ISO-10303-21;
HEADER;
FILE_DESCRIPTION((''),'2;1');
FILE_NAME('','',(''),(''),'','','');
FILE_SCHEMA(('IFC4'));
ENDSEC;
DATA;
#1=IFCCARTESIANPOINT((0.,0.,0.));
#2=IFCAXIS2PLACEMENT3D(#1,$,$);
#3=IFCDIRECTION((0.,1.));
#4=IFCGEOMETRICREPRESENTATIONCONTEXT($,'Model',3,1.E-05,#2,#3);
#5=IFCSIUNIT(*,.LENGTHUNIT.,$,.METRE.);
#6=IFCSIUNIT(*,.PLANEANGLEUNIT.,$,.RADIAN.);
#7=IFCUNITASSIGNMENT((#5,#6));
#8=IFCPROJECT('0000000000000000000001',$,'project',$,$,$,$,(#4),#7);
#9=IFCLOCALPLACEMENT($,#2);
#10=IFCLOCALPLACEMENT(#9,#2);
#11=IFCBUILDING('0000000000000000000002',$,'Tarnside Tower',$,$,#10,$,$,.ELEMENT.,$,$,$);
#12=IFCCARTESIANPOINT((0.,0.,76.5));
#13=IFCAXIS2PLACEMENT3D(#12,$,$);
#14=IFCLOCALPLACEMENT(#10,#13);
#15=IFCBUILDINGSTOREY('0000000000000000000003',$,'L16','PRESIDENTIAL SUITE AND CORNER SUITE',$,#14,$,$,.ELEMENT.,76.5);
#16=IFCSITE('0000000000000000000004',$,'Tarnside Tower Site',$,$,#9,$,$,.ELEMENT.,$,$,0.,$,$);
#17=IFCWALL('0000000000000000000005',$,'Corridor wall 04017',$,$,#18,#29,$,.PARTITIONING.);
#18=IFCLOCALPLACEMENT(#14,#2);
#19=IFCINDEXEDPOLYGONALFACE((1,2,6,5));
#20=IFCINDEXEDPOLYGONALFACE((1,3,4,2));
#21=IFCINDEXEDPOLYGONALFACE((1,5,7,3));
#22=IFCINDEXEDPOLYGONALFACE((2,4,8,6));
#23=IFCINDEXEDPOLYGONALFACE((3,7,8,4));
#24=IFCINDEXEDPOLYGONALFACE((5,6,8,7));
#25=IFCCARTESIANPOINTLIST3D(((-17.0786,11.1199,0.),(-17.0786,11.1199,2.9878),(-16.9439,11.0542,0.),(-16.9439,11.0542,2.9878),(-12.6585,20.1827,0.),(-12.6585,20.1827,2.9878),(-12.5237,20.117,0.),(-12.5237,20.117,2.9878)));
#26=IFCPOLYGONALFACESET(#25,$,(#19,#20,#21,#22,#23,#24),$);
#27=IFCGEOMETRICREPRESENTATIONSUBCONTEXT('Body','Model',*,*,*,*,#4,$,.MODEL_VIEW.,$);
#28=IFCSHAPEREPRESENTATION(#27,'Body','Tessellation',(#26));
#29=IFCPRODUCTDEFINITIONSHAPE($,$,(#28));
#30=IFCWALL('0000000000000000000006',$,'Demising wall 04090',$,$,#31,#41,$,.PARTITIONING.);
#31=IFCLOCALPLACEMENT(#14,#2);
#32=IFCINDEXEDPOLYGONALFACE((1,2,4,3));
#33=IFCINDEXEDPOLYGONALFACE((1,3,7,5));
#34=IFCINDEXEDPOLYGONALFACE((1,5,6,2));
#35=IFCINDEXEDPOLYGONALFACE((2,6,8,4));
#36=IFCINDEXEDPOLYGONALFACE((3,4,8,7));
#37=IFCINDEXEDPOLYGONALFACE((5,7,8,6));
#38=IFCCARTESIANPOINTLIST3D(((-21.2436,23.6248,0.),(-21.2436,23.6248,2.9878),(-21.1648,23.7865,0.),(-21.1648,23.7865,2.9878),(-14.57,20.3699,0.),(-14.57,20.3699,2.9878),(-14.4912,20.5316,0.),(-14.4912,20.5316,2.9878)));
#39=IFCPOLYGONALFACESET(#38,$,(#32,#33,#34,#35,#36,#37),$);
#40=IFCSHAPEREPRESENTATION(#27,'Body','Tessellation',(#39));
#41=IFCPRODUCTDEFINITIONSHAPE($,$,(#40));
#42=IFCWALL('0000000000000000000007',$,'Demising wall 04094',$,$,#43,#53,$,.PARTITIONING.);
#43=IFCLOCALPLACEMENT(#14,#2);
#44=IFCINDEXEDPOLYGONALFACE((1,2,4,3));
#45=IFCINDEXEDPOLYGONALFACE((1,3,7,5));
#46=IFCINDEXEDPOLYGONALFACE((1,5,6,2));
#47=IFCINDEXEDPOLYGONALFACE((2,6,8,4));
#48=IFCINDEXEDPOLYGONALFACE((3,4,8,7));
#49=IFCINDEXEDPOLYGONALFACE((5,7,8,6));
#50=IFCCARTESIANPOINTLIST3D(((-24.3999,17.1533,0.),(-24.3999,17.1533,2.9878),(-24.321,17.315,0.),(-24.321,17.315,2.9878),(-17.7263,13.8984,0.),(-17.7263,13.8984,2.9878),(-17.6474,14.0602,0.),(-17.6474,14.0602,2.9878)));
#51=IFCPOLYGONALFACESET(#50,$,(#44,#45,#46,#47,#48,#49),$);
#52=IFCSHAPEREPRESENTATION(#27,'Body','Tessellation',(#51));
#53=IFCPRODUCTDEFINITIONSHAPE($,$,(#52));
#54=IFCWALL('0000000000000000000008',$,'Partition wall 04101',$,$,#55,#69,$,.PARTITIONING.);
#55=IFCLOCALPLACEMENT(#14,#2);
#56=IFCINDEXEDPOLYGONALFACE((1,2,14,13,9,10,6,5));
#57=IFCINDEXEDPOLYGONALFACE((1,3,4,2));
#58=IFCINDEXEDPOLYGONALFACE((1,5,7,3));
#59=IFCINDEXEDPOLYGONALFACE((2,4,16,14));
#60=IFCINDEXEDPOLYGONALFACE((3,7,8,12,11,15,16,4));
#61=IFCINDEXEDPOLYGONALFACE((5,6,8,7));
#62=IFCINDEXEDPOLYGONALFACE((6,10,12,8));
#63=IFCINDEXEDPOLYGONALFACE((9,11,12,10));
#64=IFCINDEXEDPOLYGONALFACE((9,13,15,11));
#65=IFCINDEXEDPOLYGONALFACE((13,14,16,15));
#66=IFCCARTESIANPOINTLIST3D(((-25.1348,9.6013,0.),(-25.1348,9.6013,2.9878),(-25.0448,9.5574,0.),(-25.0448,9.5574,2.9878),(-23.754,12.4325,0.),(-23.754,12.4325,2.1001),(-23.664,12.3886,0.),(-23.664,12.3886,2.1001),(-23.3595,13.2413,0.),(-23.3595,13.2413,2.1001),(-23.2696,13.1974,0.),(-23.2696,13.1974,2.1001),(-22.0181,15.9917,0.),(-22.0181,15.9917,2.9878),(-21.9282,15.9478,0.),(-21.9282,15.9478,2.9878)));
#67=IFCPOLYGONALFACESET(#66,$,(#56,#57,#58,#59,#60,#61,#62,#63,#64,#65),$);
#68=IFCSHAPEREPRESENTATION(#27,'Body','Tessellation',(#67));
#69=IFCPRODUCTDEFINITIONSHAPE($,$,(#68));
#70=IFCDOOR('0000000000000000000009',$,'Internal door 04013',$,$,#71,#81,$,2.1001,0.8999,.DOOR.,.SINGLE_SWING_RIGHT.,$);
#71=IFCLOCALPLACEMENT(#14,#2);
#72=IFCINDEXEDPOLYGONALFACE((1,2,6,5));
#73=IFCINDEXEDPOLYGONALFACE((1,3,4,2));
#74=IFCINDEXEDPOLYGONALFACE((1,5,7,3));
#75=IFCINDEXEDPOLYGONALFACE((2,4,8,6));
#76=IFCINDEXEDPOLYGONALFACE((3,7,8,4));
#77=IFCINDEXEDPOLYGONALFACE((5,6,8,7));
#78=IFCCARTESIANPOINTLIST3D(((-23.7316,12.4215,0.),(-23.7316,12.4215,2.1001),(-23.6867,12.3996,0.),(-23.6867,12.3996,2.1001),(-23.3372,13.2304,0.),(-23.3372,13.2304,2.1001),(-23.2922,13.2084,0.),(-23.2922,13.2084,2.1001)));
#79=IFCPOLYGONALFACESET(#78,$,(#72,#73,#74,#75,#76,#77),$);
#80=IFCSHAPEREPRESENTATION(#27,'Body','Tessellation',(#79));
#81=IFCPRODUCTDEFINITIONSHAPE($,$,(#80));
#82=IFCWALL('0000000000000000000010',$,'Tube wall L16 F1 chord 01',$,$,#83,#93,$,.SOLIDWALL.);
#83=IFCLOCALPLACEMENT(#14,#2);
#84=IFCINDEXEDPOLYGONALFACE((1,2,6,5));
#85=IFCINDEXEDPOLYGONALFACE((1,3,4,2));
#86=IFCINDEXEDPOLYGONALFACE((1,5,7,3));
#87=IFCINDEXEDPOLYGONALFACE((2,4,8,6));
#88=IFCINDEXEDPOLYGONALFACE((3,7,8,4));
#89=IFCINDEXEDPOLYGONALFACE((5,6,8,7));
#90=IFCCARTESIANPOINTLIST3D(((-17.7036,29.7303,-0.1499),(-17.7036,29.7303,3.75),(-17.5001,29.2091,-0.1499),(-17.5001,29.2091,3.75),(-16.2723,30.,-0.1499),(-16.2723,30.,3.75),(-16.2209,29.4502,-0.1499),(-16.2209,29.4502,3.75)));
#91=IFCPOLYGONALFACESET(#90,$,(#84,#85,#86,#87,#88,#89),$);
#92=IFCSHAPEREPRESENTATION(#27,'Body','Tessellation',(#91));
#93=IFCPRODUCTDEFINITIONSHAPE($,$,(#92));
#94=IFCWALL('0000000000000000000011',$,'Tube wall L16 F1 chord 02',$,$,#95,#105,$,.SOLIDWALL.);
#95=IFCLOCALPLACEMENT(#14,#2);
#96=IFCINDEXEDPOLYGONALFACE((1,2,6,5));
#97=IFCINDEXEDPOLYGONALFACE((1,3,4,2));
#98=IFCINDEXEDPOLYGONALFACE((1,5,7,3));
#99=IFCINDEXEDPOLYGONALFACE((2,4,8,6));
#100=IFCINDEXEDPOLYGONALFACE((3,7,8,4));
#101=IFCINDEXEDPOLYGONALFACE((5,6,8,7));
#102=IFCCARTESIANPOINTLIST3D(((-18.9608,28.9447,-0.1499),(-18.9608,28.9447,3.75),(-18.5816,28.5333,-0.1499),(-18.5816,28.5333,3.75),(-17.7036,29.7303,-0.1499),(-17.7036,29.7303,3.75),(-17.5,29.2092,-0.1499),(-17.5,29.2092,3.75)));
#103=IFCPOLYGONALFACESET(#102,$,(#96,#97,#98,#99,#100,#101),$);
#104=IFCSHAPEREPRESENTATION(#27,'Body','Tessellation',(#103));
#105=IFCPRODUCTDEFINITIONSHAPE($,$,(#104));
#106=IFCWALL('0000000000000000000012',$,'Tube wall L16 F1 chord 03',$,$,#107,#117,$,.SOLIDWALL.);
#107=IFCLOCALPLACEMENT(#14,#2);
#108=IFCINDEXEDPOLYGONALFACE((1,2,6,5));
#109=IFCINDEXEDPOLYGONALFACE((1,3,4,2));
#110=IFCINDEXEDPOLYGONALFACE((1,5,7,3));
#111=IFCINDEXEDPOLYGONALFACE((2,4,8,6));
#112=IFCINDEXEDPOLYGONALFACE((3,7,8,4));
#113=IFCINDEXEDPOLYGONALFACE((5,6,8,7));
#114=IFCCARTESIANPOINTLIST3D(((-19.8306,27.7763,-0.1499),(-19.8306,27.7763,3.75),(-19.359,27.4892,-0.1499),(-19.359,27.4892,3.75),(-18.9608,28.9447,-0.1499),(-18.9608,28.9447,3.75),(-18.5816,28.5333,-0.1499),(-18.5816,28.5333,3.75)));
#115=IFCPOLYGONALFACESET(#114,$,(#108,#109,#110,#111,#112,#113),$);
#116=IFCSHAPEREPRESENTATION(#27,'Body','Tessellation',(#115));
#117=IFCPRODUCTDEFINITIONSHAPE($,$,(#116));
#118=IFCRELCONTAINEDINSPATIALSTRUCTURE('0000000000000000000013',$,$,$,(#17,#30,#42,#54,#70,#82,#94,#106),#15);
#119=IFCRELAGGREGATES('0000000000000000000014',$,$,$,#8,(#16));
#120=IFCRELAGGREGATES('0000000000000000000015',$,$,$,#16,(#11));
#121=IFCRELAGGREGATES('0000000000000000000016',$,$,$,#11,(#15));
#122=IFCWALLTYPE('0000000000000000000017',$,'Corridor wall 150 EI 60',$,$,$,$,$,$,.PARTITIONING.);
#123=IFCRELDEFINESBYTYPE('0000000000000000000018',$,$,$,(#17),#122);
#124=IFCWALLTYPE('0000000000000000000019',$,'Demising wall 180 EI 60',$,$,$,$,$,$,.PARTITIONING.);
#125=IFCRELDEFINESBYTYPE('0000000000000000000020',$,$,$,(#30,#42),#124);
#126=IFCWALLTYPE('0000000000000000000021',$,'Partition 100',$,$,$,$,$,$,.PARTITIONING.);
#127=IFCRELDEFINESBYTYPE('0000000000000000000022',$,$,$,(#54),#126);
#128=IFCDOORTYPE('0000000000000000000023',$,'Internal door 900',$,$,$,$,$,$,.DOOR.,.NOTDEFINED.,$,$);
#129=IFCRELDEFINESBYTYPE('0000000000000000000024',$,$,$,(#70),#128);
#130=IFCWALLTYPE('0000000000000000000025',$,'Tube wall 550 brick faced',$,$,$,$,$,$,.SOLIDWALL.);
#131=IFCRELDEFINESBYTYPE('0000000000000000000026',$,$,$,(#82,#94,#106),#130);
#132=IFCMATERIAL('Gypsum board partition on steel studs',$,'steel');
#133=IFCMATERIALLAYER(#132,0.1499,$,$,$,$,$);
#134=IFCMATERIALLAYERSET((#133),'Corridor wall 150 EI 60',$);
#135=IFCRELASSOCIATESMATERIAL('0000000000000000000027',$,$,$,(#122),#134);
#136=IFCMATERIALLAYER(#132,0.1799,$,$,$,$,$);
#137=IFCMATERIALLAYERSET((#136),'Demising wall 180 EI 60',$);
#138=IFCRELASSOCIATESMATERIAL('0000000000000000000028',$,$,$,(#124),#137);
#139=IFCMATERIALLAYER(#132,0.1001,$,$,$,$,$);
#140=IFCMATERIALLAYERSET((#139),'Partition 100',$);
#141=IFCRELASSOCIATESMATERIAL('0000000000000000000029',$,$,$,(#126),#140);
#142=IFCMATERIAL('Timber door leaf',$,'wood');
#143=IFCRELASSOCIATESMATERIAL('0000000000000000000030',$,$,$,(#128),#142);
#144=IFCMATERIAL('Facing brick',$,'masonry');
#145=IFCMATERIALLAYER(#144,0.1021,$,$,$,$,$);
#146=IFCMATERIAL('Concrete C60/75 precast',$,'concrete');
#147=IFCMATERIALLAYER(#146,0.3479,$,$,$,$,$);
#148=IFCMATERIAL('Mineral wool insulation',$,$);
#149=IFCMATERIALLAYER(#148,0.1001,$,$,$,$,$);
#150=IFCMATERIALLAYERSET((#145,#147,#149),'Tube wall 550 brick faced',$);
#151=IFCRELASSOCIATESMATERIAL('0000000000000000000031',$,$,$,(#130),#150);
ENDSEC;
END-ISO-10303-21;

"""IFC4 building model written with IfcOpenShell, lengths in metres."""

from ifc_helpers import new_model, si_unit, direction, frame, frame_2d, origin, place, context, subcontext, project, spatial, polyline, rectangle, outline, extrude, material, layer, layer_set, type_object, element, fill, save


model = new_model("IFC4")

# Units and contexts
model_context = context("Model", 3, precision=1e-05, world=origin(), true_north=direction((0.0, 1.0)))
body_context = subcontext(model_context, "Body", "Model", "MODEL_VIEW")
ifc_project = project(units=[si_unit("LENGTHUNIT", "METRE"), si_unit("PLANEANGLEUNIT", "RADIAN")], contexts=[model_context])

# Site, building, storey
site_placement = place(None, origin())
site = spatial("IfcSite", under=ifc_project, at=site_placement, Name="Tarnside Tower Site", CompositionType="ELEMENT", RefElevation=0.0)
building_placement = place(site_placement, origin())
building = spatial("IfcBuilding", under=site, at=building_placement, Name="Tarnside Tower", CompositionType="ELEMENT")
storey_placement = place(building_placement, frame((0.0, 0.0, 76.5)))
storey = spatial("IfcBuildingStorey", under=building, at=storey_placement, Name="L16", Description="PRESIDENTIAL SUITE AND CORNER SUITE", CompositionType="ELEMENT", Elevation=76.5)

# Shared definitions
ifc_material_1 = material(Name="Gypsum board partition on steel studs", Category="steel")
ifc_material_2 = material(Name="Timber door leaf", Category="wood")

# Walls
ifc_layer_1 = layer(ifc_material_1, 0.1499)
ifc_layer_set_1 = layer_set([ifc_layer_1], Name="Corridor wall 150 EI 60")
wall_type_1 = type_object("IfcWallType", Name="Corridor wall 150 EI 60", PredefinedType="PARTITIONING", material=ifc_layer_set_1)
wall_1_placement = place(storey_placement, frame((-17.0112, 11.0872, 0.0), z_axis=(0.0, 0.0, 1.0), x_axis=(0.438369, 0.898795, 0.0)))
element("IfcWall", 1, at=wall_1_placement, inside=storey, type_object=wall_type_1, Name="Corridor wall 04017", PredefinedType="PARTITIONING", context=body_context, shape_type="SweptSolid", body=[
    extrude(rectangle(XDim=10.0833, YDim=0.1499, at=frame_2d((5.0415, 0.0))), origin(), (0.0, 0.0, 1.0), 2.9878),
])
ifc_layer_2 = layer(ifc_material_1, 0.1799)
ifc_layer_set_2 = layer_set([ifc_layer_2], Name="Demising wall 180 EI 60")
wall_type_2 = type_object("IfcWallType", Name="Demising wall 180 EI 60", PredefinedType="PARTITIONING", material=ifc_layer_set_2)
for number, where, z_axis, x_axis, name in (
    (2, (-21.2041, 23.7056, 0.0), (0.0, 0.0, 1.0), (0.898796, -0.438367, 0.0), "Demising wall 04090"),
    (3, (-24.3604, 17.2341, 0.0), (0.0, 0.0, 1.0), (0.898796, -0.438367, 0.0), "Demising wall 04094"),
):
    element("IfcWall", number, at=place(storey_placement, frame(where, z_axis=z_axis, x_axis=x_axis)), inside=storey, type_object=wall_type_2, Name=name, PredefinedType="PARTITIONING", context=body_context, shape_type="SweptSolid", body=[
        extrude(rectangle(XDim=7.425, YDim=0.1799, at=frame_2d((3.7124, 0.0))), origin(), (0.0, 0.0, 1.0), 2.9878),
    ])

# Wall, opening, door
ifc_layer_3 = layer(ifc_material_1, 0.1001)
ifc_layer_set_3 = layer_set([ifc_layer_3], Name="Partition 100")
wall_type_3 = type_object("IfcWallType", Name="Partition 100", PredefinedType="PARTITIONING", material=ifc_layer_set_3)
wall_2_placement = place(storey_placement, frame((-21.9731, 15.9697, 0.0), z_axis=(0.0, 0.0, 1.0), x_axis=(-0.43836, -0.898799, 0.0)))
wall_2 = element("IfcWall", 4, at=wall_2_placement, inside=storey, type_object=wall_type_3, Name="Partition wall 04101", PredefinedType="PARTITIONING", context=body_context, shape_type="SweptSolid", body=[
    extrude(rectangle(XDim=7.1099, YDim=0.1001, at=frame_2d((3.5549, 0.0))), origin(), (0.0, 0.0, 1.0), 2.9878),
])
opening_1_placement = place(wall_2_placement, frame((3.0601, 0.0, 0.0)))
opening_1 = element("IfcOpeningElement", 5, at=opening_1_placement, cuts=wall_2, PredefinedType="OPENING", context=body_context, shape_type="SweptSolid", body=[
    extrude(rectangle(XDim=0.8999, YDim=2.1001, at=frame_2d((0.45, 1.05))), frame((0.0, 0.0601, 0.0), z_axis=(0.0, -1.0, 0.0), x_axis=(1.0, 0.0, 0.0)), (0.0, 0.0, 1.0), 0.1201),
])
door_type_1 = type_object("IfcDoorType", Name="Internal door 900", OperationType="NOTDEFINED", PredefinedType="DOOR", material=ifc_material_2)
door_1_placement = place(opening_1_placement, origin())
door_1 = element("IfcDoor", 6, at=door_1_placement, inside=storey, type_object=door_type_1, Name="Internal door 04013", OperationType="SINGLE_SWING_RIGHT", OverallHeight=2.1001, OverallWidth=0.8999, PredefinedType="DOOR", context=body_context, shape_type="SweptSolid", body=[
    extrude(rectangle(XDim=0.8999, YDim=2.1001, at=frame_2d((0.45, 1.05))), frame((0.0, 0.0249, 0.0), z_axis=(0.0, -1.0, 0.0), x_axis=(1.0, 0.0, 0.0)), (0.0, 0.0, 1.0), 0.05),
])
fill(opening_1, door_1)

# Walls
ifc_material_3 = material(Name="Facing brick", Category="masonry")
ifc_layer_4 = layer(ifc_material_3, 0.1021)
ifc_material_4 = material(Name="Concrete C60/75 precast", Category="concrete")
ifc_layer_5 = layer(ifc_material_4, 0.3479)
ifc_material_5 = material(Name="Mineral wool insulation")
ifc_layer_6 = layer(ifc_material_5, 0.1001)
ifc_layer_set_4 = layer_set([ifc_layer_4, ifc_layer_5, ifc_layer_6], Name="Tube wall 550 brick faced")
wall_type_4 = type_object("IfcWallType", Name="Tube wall 550 brick faced", PredefinedType="SOLIDWALL", material=ifc_layer_set_4)
wall_3_placement = place(storey_placement, frame((-16.2466, 29.7251, -0.1499), z_axis=(0.0, 0.0, 1.0), x_axis=(-0.982705, -0.185176, 0.0)))
element("IfcWall", 7, at=wall_3_placement, inside=storey, type_object=wall_type_4, Name="Tube wall L16 F1 chord 01", PredefinedType="SOLIDWALL", context=body_context, shape_type="SweptSolid", body=[
    extrude(outline(polyline([(-0.0256, -0.2749), (1.4309, -0.2749), (1.3274, 0.2749), (0.0256, 0.2749), (-0.0256, -0.2749)])), origin(), (0.0, 0.0, 1.0), 3.8999),
])
wall_4_placement = place(storey_placement, frame((-17.6018, 29.4697, -0.1499), z_axis=(0.0, 0.0, 1.0), x_axis=(-0.848058, -0.529903, 0.0)))
element("IfcWall", 8, at=wall_4_placement, inside=storey, type_object=wall_type_4, Name="Tube wall L16 F1 chord 02", PredefinedType="SOLIDWALL", context=body_context, shape_type="SweptSolid", body=[
    extrude(outline(polyline([(-0.0518, -0.2749), (1.4307, -0.2749), (1.3271, 0.2749), (0.0518, 0.2749), (-0.0518, -0.2749)])), origin(), (0.0, 0.0, 1.0), 3.8999),
])
wall_5_placement = place(storey_placement, frame((-18.7712, 28.739, -0.1499), z_axis=(0.0, 0.0, 1.0), x_axis=(-0.597135, -0.802141, 0.0)))
element("IfcWall", 9, at=wall_5_placement, inside=storey, type_object=wall_type_4, Name="Tube wall L16 F1 chord 03", PredefinedType="SOLIDWALL", context=body_context, shape_type="SweptSolid", body=[
    extrude(outline(polyline([(-0.0518, -0.2749), (1.4048, -0.2749), (1.3535, 0.2749), (0.0518, 0.2749), (-0.0518, -0.2749)])), origin(), (0.0, 0.0, 1.0), 3.8999),
])

save(model, "model.ifc")
